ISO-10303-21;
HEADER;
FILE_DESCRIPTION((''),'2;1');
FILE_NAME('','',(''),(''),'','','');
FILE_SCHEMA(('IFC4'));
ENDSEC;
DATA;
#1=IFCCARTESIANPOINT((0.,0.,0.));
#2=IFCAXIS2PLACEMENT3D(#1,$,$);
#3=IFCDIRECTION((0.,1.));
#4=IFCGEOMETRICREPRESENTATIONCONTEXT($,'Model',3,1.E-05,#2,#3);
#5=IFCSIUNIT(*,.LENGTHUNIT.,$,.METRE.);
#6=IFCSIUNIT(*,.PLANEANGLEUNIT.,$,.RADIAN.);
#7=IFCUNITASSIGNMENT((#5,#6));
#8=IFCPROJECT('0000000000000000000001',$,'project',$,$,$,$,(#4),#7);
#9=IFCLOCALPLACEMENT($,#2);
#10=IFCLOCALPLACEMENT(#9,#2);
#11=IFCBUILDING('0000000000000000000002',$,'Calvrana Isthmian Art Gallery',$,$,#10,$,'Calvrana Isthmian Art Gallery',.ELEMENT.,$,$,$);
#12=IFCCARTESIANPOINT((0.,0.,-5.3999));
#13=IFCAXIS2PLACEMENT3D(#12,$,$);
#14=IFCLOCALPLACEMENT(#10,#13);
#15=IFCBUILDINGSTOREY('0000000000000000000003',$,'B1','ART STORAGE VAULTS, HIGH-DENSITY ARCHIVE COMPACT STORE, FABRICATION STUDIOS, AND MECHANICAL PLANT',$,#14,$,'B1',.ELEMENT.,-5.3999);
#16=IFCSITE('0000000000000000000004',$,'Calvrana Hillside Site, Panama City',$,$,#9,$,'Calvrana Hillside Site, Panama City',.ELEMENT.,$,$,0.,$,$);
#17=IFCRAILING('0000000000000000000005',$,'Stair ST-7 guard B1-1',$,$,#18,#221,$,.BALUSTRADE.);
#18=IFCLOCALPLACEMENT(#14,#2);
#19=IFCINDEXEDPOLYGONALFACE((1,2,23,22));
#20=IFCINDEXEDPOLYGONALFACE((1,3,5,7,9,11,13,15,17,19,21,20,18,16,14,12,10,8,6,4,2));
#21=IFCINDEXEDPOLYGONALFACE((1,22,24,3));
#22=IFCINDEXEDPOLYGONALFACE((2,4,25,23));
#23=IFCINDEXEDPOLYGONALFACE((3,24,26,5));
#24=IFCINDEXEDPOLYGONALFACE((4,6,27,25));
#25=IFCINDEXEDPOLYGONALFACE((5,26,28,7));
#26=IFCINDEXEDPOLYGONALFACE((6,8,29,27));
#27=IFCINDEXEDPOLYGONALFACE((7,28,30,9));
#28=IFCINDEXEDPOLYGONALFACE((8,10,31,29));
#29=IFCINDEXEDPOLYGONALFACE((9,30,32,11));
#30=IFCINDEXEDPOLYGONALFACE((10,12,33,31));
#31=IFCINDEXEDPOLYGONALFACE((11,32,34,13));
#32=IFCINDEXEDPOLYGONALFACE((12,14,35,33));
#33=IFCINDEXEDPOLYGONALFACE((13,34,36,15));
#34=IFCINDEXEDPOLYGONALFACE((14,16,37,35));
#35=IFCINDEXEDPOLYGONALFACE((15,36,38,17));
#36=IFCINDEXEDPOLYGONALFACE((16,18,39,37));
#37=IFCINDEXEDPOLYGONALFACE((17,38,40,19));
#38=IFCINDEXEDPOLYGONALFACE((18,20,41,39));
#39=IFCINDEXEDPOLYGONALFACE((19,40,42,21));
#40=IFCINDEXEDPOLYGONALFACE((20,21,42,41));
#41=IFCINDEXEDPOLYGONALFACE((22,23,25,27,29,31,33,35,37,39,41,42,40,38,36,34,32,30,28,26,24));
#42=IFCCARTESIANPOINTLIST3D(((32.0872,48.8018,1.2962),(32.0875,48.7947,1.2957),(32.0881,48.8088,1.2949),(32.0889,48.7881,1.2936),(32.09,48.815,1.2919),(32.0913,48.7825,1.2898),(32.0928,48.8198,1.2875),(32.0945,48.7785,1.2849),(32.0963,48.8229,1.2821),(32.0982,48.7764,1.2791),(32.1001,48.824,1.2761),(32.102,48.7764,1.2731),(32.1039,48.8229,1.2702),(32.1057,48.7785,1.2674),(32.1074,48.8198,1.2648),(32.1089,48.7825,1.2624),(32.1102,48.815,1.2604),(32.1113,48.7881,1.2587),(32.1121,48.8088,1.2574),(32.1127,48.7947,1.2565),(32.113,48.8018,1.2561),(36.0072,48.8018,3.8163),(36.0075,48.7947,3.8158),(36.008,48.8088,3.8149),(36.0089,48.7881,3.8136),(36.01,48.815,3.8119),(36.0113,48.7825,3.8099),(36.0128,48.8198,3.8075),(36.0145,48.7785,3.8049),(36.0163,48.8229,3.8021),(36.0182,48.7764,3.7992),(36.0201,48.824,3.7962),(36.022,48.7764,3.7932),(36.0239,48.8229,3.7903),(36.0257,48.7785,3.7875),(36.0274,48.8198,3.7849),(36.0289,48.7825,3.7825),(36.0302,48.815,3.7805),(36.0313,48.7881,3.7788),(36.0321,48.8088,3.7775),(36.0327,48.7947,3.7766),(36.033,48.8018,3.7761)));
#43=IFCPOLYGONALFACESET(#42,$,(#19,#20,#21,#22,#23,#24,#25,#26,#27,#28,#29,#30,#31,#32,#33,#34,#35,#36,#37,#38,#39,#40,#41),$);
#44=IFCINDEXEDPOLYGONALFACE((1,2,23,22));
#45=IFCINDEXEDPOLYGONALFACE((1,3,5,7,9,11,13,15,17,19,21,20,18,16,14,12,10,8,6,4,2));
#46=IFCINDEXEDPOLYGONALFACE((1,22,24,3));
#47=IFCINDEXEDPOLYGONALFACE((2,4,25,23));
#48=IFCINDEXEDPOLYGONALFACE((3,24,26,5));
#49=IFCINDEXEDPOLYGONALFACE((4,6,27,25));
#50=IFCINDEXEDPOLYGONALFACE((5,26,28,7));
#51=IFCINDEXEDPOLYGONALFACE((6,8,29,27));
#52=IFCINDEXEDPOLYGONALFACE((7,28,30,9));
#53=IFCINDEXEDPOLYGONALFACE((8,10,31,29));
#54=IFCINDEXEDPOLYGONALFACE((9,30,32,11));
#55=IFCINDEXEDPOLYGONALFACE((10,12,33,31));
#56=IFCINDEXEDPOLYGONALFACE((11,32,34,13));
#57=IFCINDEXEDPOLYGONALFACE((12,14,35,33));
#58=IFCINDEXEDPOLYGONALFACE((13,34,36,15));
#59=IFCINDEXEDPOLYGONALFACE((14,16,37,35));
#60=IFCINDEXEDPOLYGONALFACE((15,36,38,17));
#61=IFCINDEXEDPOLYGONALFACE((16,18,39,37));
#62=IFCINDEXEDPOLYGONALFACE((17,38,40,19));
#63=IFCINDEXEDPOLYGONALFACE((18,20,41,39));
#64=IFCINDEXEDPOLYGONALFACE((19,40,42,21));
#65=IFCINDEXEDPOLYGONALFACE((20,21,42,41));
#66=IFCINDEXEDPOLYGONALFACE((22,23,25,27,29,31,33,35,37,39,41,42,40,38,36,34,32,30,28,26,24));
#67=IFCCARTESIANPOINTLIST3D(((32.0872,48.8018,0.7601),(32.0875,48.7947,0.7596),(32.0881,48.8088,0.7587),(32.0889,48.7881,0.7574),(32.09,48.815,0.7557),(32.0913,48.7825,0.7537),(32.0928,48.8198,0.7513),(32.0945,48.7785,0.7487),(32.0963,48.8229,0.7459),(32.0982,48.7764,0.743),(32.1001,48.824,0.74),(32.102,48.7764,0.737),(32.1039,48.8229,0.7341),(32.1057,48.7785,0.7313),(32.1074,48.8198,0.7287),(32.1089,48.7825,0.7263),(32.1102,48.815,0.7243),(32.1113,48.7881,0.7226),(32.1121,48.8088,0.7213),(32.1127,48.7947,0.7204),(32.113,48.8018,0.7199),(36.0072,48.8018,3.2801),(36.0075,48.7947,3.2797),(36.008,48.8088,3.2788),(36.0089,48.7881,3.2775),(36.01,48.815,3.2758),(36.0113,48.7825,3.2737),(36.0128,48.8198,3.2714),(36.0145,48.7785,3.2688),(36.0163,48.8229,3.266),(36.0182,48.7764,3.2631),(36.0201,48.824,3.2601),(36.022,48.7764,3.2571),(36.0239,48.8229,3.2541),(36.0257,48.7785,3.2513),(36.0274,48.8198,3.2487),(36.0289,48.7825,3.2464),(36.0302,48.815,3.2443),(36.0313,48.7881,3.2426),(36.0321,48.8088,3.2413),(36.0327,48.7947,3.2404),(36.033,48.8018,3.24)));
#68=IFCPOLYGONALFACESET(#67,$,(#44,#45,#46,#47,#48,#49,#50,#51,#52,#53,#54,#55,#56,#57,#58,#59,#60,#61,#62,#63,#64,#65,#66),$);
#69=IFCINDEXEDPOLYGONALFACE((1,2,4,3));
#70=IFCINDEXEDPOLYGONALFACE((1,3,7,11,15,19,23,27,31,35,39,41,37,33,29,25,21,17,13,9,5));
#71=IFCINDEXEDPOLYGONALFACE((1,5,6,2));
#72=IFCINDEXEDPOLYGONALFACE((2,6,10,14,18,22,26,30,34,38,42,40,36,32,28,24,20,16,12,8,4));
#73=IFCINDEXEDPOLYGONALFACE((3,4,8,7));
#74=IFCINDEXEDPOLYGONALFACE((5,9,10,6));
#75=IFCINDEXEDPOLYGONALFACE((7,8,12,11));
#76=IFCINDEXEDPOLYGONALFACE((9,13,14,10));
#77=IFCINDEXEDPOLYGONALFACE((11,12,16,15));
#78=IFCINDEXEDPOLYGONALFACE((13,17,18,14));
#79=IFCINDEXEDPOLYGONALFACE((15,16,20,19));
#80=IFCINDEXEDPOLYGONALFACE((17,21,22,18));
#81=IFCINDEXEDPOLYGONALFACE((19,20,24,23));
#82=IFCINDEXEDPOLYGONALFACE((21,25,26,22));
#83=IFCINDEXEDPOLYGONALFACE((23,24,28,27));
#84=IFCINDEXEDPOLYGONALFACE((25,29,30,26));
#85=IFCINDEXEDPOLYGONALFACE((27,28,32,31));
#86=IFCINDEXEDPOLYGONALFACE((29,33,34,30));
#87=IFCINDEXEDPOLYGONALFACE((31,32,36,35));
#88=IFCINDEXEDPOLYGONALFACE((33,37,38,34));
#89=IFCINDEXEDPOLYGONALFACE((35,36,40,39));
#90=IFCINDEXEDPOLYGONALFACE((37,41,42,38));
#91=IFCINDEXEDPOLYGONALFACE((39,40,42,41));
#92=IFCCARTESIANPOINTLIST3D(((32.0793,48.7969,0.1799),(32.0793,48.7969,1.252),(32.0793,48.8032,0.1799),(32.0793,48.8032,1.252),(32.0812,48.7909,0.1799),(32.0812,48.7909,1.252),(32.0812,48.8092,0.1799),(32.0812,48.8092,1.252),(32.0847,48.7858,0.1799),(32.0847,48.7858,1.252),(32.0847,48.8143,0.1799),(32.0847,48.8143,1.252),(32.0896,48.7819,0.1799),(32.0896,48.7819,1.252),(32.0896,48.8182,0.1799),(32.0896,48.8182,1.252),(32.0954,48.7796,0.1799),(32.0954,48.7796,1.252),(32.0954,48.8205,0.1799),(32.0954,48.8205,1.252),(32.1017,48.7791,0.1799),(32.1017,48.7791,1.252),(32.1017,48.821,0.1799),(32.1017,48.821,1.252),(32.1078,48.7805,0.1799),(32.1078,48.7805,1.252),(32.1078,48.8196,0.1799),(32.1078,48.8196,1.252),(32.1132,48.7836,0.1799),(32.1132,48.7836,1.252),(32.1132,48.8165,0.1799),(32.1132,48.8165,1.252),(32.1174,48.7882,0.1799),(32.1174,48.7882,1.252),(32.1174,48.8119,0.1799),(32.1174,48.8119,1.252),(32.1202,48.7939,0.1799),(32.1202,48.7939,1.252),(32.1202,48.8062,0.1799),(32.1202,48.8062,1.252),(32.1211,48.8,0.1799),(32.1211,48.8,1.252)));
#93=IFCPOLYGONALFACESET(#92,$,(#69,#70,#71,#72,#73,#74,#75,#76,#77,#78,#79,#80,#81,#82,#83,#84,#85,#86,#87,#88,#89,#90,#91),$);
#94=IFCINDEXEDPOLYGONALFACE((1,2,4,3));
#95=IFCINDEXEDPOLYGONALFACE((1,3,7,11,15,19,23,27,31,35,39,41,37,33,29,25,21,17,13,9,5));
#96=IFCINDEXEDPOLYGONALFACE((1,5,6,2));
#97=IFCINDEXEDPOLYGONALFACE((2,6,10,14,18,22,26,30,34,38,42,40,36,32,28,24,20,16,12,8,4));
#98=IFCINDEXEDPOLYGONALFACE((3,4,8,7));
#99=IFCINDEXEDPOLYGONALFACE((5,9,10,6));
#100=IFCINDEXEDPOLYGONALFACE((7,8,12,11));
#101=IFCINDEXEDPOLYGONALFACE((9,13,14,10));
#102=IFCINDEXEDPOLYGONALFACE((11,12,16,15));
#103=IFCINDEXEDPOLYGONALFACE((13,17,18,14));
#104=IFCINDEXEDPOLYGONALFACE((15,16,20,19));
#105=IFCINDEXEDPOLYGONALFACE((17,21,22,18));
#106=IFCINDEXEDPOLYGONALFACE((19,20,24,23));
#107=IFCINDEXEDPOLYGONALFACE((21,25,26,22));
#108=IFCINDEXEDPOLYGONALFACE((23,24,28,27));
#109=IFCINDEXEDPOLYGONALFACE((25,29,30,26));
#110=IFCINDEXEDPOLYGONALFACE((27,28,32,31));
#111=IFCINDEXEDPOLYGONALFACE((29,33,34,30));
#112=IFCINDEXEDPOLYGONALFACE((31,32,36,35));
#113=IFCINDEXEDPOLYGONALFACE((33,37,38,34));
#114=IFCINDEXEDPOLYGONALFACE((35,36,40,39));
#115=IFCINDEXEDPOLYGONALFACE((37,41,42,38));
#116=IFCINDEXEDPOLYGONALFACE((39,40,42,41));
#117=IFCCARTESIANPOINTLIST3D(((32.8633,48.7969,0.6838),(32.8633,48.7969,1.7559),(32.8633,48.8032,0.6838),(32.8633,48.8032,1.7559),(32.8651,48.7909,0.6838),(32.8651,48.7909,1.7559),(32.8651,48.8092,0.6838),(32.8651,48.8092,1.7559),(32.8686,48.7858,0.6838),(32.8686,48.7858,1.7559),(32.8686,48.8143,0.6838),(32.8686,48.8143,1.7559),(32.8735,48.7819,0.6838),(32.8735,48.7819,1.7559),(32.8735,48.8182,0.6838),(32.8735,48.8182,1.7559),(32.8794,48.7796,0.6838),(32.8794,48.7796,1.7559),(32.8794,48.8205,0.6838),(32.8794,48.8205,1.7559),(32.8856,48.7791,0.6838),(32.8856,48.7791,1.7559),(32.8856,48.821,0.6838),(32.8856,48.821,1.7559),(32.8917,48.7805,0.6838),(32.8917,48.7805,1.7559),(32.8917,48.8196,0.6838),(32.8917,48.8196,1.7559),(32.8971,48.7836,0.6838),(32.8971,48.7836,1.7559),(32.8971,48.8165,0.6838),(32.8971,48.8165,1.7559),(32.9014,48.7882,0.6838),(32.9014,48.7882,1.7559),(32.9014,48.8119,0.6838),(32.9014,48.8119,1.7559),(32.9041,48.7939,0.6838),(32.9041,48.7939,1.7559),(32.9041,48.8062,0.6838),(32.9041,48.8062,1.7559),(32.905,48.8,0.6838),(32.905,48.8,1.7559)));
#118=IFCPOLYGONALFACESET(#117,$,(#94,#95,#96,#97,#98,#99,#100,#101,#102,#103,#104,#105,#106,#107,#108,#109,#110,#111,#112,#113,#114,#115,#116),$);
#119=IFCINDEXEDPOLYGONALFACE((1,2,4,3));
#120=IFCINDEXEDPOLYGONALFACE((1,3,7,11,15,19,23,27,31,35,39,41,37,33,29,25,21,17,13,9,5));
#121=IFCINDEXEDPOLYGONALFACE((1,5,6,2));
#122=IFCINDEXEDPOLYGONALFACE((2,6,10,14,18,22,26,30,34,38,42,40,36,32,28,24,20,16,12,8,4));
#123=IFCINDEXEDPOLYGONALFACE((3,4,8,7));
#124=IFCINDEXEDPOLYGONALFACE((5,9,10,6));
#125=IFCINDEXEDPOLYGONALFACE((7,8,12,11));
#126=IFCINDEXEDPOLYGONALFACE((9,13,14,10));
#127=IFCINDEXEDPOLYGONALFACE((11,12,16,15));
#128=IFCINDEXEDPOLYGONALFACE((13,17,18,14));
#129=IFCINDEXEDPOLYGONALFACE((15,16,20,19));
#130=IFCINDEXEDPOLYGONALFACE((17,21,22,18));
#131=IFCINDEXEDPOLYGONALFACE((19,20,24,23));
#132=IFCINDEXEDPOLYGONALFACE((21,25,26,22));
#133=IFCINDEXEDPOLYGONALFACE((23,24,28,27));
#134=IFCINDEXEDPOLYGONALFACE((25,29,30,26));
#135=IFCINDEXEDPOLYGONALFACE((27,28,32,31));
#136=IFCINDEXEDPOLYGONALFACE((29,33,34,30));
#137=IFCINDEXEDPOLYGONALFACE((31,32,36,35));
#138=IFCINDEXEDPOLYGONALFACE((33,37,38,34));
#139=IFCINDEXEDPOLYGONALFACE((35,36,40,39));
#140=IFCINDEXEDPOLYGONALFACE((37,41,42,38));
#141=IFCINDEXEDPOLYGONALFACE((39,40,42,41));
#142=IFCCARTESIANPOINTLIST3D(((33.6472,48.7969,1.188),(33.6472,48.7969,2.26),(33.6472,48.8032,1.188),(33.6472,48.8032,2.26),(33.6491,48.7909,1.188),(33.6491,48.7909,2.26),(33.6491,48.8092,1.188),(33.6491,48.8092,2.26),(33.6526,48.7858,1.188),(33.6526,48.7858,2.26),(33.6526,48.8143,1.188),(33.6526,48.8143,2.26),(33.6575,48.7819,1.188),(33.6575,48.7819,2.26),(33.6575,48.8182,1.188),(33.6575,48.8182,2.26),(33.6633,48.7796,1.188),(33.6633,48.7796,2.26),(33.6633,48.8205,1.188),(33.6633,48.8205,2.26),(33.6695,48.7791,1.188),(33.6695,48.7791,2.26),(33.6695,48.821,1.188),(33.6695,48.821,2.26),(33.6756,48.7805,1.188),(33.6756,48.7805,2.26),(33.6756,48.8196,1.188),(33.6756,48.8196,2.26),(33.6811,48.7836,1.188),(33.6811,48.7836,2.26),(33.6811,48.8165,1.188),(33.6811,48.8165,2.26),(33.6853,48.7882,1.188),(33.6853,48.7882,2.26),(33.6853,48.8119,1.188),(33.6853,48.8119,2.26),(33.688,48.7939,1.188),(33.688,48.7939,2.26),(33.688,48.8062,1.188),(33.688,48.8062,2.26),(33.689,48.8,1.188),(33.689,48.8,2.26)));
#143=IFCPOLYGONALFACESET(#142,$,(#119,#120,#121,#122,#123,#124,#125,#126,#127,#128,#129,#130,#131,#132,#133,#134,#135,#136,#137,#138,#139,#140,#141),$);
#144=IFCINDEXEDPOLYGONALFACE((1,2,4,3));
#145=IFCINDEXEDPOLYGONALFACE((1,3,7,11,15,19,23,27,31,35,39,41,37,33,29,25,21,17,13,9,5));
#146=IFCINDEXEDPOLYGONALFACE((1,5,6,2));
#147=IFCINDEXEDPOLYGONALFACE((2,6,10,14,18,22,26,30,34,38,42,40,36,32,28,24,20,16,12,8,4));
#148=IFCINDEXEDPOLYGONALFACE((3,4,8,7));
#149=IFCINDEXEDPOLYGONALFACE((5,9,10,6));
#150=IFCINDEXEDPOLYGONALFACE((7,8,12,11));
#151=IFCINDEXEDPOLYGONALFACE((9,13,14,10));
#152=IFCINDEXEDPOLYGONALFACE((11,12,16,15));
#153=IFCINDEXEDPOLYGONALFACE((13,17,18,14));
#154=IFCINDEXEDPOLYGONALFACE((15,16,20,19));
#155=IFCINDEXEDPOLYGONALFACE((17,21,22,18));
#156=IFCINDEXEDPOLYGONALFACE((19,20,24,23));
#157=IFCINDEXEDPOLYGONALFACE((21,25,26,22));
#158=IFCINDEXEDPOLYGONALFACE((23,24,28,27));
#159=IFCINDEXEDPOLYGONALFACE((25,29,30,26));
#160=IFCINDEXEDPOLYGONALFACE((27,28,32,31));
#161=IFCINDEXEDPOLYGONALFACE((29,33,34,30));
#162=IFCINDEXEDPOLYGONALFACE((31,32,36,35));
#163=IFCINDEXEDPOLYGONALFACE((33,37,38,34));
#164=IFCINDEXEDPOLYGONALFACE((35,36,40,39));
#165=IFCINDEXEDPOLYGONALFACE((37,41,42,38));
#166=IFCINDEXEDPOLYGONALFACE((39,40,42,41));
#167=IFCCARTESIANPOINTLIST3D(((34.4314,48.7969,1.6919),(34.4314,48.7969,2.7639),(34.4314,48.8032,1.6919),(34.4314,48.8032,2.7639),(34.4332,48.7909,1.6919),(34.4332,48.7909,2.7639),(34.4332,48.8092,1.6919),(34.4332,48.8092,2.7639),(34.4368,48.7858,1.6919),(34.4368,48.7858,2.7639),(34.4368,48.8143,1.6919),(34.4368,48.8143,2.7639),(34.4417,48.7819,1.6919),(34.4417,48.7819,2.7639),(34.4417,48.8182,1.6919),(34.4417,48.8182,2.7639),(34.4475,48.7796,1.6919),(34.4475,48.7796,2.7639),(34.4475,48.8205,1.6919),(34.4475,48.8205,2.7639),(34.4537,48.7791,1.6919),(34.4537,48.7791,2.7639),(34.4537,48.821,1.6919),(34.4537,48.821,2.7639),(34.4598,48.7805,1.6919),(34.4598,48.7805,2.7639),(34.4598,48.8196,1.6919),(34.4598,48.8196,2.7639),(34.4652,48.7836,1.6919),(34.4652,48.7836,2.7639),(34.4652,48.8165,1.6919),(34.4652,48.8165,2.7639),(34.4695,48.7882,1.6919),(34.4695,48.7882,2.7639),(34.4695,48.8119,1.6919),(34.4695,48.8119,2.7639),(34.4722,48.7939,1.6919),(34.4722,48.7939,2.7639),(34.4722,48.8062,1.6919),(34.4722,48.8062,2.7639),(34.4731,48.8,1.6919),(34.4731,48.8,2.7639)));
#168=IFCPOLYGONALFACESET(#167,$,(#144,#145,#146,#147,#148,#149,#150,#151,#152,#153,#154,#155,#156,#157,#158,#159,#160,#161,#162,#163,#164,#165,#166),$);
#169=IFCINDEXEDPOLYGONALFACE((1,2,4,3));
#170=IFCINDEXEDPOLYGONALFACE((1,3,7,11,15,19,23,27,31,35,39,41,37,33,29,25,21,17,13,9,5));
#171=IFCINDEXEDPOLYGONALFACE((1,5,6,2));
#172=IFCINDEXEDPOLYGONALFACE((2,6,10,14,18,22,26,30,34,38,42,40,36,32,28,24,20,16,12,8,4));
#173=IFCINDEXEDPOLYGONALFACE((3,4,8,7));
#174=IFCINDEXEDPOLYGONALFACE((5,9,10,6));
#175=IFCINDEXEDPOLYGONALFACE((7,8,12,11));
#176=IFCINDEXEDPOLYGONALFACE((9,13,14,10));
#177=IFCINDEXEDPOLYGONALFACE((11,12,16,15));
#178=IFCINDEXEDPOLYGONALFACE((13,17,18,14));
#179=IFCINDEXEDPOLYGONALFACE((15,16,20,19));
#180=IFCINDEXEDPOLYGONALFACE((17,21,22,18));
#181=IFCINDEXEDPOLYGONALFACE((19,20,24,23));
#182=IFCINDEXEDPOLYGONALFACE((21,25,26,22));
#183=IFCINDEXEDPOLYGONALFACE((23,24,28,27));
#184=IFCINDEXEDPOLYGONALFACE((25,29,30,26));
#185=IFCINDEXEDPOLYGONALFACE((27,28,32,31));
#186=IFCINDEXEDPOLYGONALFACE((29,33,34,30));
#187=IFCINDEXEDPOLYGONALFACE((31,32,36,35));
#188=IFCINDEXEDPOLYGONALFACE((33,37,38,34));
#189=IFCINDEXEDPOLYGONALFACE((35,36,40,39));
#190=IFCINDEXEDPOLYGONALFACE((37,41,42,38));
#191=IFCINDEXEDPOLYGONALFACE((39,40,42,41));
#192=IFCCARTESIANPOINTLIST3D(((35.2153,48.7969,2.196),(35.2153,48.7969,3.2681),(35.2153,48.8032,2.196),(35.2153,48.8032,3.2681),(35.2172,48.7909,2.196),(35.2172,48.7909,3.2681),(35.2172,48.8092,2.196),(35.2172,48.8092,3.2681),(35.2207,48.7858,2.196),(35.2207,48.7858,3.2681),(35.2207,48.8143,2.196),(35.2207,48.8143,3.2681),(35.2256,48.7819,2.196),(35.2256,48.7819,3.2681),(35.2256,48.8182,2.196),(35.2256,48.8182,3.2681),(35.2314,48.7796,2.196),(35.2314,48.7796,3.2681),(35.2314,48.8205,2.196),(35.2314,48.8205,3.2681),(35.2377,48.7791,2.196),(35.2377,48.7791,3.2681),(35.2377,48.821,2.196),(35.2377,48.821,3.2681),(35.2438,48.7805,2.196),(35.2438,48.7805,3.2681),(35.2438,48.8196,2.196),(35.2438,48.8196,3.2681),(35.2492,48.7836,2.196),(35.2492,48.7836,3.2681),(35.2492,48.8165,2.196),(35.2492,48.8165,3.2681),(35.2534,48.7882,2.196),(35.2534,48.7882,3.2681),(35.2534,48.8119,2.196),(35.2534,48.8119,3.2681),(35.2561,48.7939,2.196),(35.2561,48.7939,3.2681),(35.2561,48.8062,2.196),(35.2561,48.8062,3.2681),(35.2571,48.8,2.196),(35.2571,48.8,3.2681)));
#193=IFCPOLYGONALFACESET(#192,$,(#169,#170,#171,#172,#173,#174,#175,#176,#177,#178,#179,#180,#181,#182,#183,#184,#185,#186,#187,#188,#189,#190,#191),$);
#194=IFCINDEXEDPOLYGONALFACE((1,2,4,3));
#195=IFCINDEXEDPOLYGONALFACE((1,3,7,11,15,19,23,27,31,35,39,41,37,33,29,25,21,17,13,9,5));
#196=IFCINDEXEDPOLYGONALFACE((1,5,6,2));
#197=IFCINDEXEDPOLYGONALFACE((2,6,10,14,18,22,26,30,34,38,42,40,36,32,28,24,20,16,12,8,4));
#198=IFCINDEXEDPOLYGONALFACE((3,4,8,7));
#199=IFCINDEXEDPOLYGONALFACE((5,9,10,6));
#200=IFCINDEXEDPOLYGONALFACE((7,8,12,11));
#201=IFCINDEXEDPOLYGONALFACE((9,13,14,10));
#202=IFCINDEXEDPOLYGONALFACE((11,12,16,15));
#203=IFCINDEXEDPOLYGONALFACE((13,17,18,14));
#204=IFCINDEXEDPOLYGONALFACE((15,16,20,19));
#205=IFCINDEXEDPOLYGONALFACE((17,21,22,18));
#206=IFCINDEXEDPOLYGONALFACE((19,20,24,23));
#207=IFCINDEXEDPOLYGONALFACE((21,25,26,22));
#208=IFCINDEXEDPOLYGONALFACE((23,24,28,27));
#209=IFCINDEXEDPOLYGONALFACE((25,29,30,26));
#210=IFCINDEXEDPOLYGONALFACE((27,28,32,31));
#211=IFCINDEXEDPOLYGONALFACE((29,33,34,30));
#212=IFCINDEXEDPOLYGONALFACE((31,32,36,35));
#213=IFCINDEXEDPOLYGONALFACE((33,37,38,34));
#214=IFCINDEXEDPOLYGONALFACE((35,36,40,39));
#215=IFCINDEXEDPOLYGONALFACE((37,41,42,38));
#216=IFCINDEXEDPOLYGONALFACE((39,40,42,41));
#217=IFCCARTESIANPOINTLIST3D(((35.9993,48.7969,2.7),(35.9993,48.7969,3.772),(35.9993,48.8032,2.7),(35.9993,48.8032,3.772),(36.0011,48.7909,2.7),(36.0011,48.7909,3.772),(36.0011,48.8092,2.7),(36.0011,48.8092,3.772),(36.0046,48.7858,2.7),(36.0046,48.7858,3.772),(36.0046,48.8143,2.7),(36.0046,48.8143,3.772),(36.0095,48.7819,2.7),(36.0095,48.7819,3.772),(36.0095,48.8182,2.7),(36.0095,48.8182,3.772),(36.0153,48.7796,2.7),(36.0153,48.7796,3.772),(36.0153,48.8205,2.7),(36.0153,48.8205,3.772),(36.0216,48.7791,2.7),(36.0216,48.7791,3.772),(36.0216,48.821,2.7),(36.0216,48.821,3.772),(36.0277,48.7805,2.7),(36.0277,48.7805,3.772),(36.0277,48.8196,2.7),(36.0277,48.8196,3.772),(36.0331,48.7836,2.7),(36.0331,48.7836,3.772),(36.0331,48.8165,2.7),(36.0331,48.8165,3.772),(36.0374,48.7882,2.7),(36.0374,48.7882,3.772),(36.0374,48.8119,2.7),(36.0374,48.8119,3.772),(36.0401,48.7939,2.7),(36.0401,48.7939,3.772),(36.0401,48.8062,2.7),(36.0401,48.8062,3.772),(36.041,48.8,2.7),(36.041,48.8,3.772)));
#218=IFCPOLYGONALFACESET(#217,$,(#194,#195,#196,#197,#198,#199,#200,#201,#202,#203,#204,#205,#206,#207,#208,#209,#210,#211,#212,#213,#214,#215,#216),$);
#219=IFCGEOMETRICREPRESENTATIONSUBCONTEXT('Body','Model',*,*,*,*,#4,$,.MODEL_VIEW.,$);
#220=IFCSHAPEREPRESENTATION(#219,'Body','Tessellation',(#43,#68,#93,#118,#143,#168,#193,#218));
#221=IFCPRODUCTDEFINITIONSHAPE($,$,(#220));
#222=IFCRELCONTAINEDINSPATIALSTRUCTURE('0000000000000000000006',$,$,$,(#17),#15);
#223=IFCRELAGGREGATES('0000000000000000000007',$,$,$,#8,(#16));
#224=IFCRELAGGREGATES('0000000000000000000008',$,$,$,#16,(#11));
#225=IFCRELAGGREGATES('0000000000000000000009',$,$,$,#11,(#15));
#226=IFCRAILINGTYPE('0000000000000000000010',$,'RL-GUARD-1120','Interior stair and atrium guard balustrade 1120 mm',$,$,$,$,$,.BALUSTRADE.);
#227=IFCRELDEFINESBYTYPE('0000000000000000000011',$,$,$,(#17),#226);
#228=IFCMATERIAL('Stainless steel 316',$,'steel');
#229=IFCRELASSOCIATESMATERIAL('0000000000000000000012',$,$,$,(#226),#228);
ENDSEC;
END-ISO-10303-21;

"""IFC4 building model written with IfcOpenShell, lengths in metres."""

from ifc_helpers import new_model, si_unit, direction, frame, origin, origin_2d, place, context, subcontext, project, spatial, circle, extrude, material, type_object, element, save


model = new_model("IFC4")

# Units and contexts
model_context = context("Model", 3, precision=1e-05, world=origin(), true_north=direction((0.0, 1.0)))
body_context = subcontext(model_context, "Body", "Model", "MODEL_VIEW")
ifc_project = project(units=[si_unit("LENGTHUNIT", "METRE"), si_unit("PLANEANGLEUNIT", "RADIAN")], contexts=[model_context])

# Site, building, storey
site_placement = place(None, origin())
site = spatial("IfcSite", under=ifc_project, at=site_placement, Name="Calvrana Hillside Site, Panama City", LongName="Calvrana Hillside Site, Panama City", CompositionType="ELEMENT", RefElevation=0.0)
building_placement = place(site_placement, origin())
building = spatial("IfcBuilding", under=site, at=building_placement, Name="Calvrana Isthmian Art Gallery", LongName="Calvrana Isthmian Art Gallery", CompositionType="ELEMENT")
storey_placement = place(building_placement, frame((0.0, 0.0, -5.3999)))
storey = spatial("IfcBuildingStorey", under=building, at=storey_placement, Name="B1", Description="ART STORAGE VAULTS, HIGH-DENSITY ARCHIVE COMPACT STORE, FABRICATION STUDIOS, AND MECHANICAL PLANT", LongName="B1", CompositionType="ELEMENT", Elevation=-5.3999)

# Railing
ifc_material_1 = material(Name="Stainless steel 316", Category="steel")
railing_type_1 = type_object("IfcRailingType", Name="RL-GUARD-1120", Description="Interior stair and atrium guard balustrade 1120 mm", PredefinedType="BALUSTRADE", material=ifc_material_1)
railing_1_placement = place(storey_placement, frame((32.1001, 48.8, 0.1799)))
element("IfcRailing", 1, at=railing_1_placement, inside=storey, type_object=railing_type_1, Name="Stair ST-7 guard B1-1", PredefinedType="BALUSTRADE", context=body_context, shape_type="SweptSolid", body=[
    extrude(circle(Radius=0.0239, at=origin_2d()), frame((0.0, 0.0, 1.0962), z_axis=(0.841172, 0.0, 0.540768), x_axis=(0.0, 1.0, 0.0)), (0.0, 0.0, 1.0), 4.6602),
    extrude(circle(Radius=0.0239, at=origin_2d()), frame((0.0, 0.0, 0.5601), z_axis=(0.841172, 0.0, 0.540768), x_axis=(0.0, 1.0, 0.0)), (0.0, 0.0, 1.0), 4.6602),
    extrude(circle(Radius=0.021, at=origin_2d()), origin(), (0.0, 0.0, 1.0), 1.072),
    extrude(circle(Radius=0.021, at=origin_2d()), frame((0.7839, 0.0, 0.5039)), (0.0, 0.0, 1.0), 1.072),
    extrude(circle(Radius=0.021, at=origin_2d()), frame((1.5679, 0.0, 1.0081)), (0.0, 0.0, 1.0), 1.072),
    extrude(circle(Radius=0.021, at=origin_2d()), frame((2.3521, 0.0, 1.512)), (0.0, 0.0, 1.0), 1.072),
    extrude(circle(Radius=0.021, at=origin_2d()), frame((3.136, 0.0, 2.0161)), (0.0, 0.0, 1.0), 1.072),
    extrude(circle(Radius=0.021, at=origin_2d()), frame((3.9199, 0.0, 2.52)), (0.0, 0.0, 1.0), 1.072),
])

save(model, "model.ifc")
